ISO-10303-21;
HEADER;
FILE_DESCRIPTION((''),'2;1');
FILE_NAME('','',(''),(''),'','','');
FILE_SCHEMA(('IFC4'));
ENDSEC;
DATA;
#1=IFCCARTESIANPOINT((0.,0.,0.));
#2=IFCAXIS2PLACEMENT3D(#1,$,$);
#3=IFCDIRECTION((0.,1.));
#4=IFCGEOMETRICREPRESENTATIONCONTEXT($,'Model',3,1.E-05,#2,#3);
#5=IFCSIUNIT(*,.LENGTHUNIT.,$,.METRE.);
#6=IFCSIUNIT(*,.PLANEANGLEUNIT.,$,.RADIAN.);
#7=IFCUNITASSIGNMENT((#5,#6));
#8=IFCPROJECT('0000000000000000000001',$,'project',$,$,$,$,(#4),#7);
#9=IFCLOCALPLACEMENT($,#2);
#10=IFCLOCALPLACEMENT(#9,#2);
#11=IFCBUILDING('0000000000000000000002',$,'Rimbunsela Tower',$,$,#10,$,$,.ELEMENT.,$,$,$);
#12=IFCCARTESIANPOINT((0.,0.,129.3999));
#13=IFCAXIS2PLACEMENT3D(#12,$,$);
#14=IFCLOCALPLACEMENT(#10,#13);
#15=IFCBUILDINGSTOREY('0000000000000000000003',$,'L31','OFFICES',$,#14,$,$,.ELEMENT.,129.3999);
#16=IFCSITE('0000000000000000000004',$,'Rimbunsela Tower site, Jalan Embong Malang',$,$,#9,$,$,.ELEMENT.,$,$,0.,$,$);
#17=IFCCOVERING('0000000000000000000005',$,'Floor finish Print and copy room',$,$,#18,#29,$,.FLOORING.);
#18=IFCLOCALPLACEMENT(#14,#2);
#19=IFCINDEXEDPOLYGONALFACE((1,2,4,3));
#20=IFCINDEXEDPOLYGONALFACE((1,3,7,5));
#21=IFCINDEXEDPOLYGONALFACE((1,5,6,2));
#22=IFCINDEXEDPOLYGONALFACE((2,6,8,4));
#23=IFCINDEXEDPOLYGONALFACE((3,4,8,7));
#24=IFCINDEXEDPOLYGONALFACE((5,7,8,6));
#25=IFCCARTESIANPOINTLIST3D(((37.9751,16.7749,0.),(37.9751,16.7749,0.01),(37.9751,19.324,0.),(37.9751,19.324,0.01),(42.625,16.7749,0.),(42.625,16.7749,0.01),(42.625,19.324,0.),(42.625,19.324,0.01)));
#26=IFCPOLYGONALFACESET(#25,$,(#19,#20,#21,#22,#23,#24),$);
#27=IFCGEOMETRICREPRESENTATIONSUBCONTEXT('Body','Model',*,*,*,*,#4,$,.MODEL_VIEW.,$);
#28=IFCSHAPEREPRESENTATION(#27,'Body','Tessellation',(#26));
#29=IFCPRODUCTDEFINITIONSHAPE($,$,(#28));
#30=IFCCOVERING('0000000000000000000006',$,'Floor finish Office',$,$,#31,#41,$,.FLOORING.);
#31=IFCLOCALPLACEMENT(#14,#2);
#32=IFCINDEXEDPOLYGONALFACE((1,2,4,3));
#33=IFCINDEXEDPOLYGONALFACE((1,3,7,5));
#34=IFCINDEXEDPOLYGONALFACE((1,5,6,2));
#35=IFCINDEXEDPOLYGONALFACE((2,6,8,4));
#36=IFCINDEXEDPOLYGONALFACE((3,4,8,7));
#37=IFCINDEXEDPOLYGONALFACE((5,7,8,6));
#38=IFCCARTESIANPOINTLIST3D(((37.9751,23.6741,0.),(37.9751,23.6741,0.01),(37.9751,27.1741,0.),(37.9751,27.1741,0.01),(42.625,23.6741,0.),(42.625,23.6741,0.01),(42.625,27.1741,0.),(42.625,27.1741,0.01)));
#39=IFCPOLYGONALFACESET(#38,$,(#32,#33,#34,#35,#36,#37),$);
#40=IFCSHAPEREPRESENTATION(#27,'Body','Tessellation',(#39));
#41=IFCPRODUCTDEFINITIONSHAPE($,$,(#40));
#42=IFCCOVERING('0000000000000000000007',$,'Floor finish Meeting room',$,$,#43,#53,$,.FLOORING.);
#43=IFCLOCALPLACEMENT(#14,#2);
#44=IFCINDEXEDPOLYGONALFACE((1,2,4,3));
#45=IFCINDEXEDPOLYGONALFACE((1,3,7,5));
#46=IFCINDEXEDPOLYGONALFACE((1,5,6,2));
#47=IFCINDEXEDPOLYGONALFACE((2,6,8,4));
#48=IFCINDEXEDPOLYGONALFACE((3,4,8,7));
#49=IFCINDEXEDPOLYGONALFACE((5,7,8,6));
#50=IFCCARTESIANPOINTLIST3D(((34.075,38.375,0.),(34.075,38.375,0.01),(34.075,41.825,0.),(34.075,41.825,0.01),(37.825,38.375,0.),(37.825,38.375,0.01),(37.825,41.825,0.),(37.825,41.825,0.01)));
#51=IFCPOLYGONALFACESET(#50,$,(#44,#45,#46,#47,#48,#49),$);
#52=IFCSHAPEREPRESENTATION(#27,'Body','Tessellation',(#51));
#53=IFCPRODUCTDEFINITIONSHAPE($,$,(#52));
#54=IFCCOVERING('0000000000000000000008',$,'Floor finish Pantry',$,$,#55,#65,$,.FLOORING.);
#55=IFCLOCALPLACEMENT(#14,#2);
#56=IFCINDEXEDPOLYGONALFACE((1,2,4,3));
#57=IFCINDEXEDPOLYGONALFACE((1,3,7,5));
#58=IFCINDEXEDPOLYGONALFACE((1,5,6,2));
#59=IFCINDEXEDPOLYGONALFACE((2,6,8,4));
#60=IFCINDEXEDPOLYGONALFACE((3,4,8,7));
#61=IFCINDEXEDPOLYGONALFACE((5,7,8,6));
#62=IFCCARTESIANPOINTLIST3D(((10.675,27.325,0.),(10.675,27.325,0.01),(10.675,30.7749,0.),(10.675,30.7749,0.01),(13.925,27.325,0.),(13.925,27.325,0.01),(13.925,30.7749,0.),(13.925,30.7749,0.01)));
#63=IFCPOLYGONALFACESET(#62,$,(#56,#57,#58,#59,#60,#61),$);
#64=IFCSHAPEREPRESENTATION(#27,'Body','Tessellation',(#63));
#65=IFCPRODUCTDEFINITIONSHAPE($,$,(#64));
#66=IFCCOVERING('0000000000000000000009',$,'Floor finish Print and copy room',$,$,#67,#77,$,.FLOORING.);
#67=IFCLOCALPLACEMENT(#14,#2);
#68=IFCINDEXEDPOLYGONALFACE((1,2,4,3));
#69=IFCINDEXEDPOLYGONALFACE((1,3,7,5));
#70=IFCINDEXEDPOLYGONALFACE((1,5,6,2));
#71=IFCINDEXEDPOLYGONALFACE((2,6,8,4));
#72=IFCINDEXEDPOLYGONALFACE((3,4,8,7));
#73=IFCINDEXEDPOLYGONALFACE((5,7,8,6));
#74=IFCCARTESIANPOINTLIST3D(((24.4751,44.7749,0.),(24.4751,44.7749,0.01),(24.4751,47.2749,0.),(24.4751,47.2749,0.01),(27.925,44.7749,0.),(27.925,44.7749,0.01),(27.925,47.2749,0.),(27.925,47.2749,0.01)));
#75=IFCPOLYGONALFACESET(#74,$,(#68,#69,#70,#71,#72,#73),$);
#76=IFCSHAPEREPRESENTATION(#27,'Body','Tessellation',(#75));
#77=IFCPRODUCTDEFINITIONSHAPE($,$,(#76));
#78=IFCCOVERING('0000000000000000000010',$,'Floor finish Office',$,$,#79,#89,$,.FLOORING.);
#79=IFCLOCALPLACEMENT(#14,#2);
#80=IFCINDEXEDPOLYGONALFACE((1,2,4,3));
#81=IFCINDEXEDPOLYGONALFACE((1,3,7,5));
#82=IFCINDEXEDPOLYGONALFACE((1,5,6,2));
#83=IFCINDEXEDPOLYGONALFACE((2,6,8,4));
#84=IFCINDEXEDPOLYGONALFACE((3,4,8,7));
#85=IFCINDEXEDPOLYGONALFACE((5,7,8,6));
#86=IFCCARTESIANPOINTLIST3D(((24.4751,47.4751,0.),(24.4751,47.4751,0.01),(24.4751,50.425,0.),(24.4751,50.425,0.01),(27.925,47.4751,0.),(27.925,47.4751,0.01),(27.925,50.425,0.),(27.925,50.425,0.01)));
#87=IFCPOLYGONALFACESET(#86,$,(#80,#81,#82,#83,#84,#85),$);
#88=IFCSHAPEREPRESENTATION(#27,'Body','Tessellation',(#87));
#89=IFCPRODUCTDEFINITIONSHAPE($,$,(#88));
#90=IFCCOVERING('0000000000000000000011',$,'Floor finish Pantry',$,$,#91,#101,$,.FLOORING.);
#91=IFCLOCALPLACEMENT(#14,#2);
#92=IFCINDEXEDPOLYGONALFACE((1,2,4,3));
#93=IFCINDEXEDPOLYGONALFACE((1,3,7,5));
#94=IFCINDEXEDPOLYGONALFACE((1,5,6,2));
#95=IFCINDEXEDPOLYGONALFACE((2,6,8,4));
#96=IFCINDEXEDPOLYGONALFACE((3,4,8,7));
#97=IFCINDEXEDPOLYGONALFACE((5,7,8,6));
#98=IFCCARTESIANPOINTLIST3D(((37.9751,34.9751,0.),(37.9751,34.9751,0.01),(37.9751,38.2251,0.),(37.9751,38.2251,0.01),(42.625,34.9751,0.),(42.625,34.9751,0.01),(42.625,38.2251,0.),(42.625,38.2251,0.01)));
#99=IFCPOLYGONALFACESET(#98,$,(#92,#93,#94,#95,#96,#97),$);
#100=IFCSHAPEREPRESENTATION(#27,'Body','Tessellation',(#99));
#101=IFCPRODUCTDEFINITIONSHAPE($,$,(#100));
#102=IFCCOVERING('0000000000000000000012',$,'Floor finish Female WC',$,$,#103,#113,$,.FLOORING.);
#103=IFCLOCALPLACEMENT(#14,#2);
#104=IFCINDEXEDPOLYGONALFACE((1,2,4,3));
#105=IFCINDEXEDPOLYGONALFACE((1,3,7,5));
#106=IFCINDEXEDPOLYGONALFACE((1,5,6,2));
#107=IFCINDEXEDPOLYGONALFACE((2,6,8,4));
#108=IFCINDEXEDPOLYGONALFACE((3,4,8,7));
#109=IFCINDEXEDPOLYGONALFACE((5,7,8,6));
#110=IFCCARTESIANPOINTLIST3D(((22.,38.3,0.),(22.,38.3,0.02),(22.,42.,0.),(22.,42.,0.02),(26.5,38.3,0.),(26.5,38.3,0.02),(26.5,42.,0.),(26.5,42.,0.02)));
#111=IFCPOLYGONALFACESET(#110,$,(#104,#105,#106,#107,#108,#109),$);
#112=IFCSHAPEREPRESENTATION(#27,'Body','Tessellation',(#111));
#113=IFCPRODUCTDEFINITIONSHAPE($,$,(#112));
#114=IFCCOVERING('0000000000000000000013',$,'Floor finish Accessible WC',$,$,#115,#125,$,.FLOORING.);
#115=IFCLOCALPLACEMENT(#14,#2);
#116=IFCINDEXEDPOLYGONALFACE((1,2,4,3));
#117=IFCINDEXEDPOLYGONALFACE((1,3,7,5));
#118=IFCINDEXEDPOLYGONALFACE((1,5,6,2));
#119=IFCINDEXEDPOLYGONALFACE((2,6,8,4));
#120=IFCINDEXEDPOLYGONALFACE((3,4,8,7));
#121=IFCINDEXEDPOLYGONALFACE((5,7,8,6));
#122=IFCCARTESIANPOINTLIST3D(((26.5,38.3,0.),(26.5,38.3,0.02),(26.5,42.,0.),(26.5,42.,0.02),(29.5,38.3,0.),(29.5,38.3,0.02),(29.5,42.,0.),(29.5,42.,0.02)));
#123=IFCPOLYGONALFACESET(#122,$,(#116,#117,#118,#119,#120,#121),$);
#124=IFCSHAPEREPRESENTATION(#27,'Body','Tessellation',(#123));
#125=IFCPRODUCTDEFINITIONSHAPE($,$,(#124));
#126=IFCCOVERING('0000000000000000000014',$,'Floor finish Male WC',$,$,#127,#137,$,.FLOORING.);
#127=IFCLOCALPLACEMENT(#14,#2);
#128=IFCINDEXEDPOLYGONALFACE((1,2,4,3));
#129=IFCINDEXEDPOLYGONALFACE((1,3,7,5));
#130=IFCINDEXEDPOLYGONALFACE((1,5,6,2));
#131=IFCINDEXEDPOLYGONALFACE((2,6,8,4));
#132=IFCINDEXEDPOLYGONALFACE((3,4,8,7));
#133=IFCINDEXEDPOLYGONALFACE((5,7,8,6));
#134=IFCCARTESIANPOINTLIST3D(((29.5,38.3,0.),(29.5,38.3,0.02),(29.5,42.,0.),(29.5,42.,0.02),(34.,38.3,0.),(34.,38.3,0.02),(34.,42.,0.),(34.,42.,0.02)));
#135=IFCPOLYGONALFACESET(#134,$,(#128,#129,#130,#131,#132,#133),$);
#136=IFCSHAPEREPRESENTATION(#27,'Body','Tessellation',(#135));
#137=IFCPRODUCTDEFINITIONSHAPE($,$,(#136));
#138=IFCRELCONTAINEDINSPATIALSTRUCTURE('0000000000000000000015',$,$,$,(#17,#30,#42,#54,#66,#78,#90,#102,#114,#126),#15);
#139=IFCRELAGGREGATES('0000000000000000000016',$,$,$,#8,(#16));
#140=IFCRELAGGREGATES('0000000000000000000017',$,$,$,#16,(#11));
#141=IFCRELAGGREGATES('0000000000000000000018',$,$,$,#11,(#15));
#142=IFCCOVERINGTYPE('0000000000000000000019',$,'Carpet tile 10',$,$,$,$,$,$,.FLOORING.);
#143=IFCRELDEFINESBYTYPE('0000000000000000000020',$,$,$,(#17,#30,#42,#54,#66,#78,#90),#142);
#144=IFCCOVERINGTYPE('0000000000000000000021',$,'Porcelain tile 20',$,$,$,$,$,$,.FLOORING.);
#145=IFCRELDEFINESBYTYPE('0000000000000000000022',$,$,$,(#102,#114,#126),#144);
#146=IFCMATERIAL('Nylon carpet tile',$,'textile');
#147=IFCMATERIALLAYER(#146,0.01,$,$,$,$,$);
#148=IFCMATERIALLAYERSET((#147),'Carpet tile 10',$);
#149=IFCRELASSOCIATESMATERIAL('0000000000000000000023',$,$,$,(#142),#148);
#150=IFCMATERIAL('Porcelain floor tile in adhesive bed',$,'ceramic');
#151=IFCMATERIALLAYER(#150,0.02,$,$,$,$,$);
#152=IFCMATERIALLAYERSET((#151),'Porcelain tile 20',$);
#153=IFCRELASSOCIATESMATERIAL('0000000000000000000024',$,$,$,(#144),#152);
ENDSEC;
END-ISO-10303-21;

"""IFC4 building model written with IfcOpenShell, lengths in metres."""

from ifc_helpers import new_model, si_unit, direction, frame, origin, place, context, subcontext, project, spatial, polyline, outline, extrude, material, layer, layer_set, type_object, element, save


model = new_model("IFC4")

# Units and contexts
model_context = context("Model", 3, precision=1e-05, world=origin(), true_north=direction((0.0, 1.0)))
body_context = subcontext(model_context, "Body", "Model", "MODEL_VIEW")
ifc_project = project(units=[si_unit("LENGTHUNIT", "METRE"), si_unit("PLANEANGLEUNIT", "RADIAN")], contexts=[model_context])

# Site, building, storey
site_placement = place(None, origin())
site = spatial("IfcSite", under=ifc_project, at=site_placement, Name="Rimbunsela Tower site, Jalan Embong Malang", CompositionType="ELEMENT", RefElevation=0.0)
building_placement = place(site_placement, origin())
building = spatial("IfcBuilding", under=site, at=building_placement, Name="Rimbunsela Tower", CompositionType="ELEMENT")
storey_placement = place(building_placement, frame((0.0, 0.0, 129.3999)))
storey = spatial("IfcBuildingStorey", under=building, at=storey_placement, Name="L31", Description="OFFICES", CompositionType="ELEMENT", Elevation=129.3999)

# Coverings
ifc_material_1 = material(Name="Nylon carpet tile", Category="textile")
ifc_layer_1 = layer(ifc_material_1, 0.01)
ifc_layer_set_1 = layer_set([ifc_layer_1], Name="Carpet tile 10")
covering_type_1 = type_object("IfcCoveringType", Name="Carpet tile 10", PredefinedType="FLOORING", material=ifc_layer_set_1)
covering_1_placement = place(storey_placement, origin())
element("IfcCovering", 1, at=covering_1_placement, inside=storey, type_object=covering_type_1, Name="Floor finish Print and copy room", PredefinedType="FLOORING", context=body_context, shape_type="SweptSolid", body=[
    extrude(outline(polyline([(42.625, 16.7749), (42.625, 19.324), (37.9751, 19.324), (37.9751, 16.7749), (42.625, 16.7749)])), origin(), (0.0, 0.0, 1.0), 0.01),
])
covering_2_placement = place(storey_placement, origin())
element("IfcCovering", 2, at=covering_2_placement, inside=storey, type_object=covering_type_1, Name="Floor finish Office", PredefinedType="FLOORING", context=body_context, shape_type="SweptSolid", body=[
    extrude(outline(polyline([(42.625, 23.6741), (42.625, 27.1741), (37.9751, 27.1741), (37.9751, 23.6741), (42.625, 23.6741)])), origin(), (0.0, 0.0, 1.0), 0.01),
])
covering_3_placement = place(storey_placement, origin())
element("IfcCovering", 3, at=covering_3_placement, inside=storey, type_object=covering_type_1, Name="Floor finish Meeting room", PredefinedType="FLOORING", context=body_context, shape_type="SweptSolid", body=[
    extrude(outline(polyline([(37.825, 38.375), (37.825, 41.825), (34.075, 41.825), (34.075, 38.375), (37.825, 38.375)])), origin(), (0.0, 0.0, 1.0), 0.01),
])
covering_4_placement = place(storey_placement, origin())
element("IfcCovering", 4, at=covering_4_placement, inside=storey, type_object=covering_type_1, Name="Floor finish Pantry", PredefinedType="FLOORING", context=body_context, shape_type="SweptSolid", body=[
    extrude(outline(polyline([(13.925, 27.325), (13.925, 30.7749), (10.675, 30.7749), (10.675, 27.325), (13.925, 27.325)])), origin(), (0.0, 0.0, 1.0), 0.01),
])
covering_5_placement = place(storey_placement, origin())
element("IfcCovering", 5, at=covering_5_placement, inside=storey, type_object=covering_type_1, Name="Floor finish Print and copy room", PredefinedType="FLOORING", context=body_context, shape_type="SweptSolid", body=[
    extrude(outline(polyline([(27.925, 44.7749), (27.925, 47.2749), (24.4751, 47.2749), (24.4751, 44.7749), (27.925, 44.7749)])), origin(), (0.0, 0.0, 1.0), 0.01),
])
covering_6_placement = place(storey_placement, origin())
element("IfcCovering", 6, at=covering_6_placement, inside=storey, type_object=covering_type_1, Name="Floor finish Office", PredefinedType="FLOORING", context=body_context, shape_type="SweptSolid", body=[
    extrude(outline(polyline([(27.925, 47.4751), (27.925, 50.425), (24.4751, 50.425), (24.4751, 47.4751), (27.925, 47.4751)])), origin(), (0.0, 0.0, 1.0), 0.01),
])
covering_7_placement = place(storey_placement, origin())
element("IfcCovering", 7, at=covering_7_placement, inside=storey, type_object=covering_type_1, Name="Floor finish Pantry", PredefinedType="FLOORING", context=body_context, shape_type="SweptSolid", body=[
    extrude(outline(polyline([(42.625, 34.9751), (42.625, 38.2251), (37.9751, 38.2251), (37.9751, 34.9751), (42.625, 34.9751)])), origin(), (0.0, 0.0, 1.0), 0.01),
])
ifc_material_2 = material(Name="Porcelain floor tile in adhesive bed", Category="ceramic")
ifc_layer_2 = layer(ifc_material_2, 0.02)
ifc_layer_set_2 = layer_set([ifc_layer_2], Name="Porcelain tile 20")
covering_type_2 = type_object("IfcCoveringType", Name="Porcelain tile 20", PredefinedType="FLOORING", material=ifc_layer_set_2)
covering_8_placement = place(storey_placement, origin())
element("IfcCovering", 8, at=covering_8_placement, inside=storey, type_object=covering_type_2, Name="Floor finish Female WC", PredefinedType="FLOORING", context=body_context, shape_type="SweptSolid", body=[
    extrude(outline(polyline([(26.5, 38.3), (26.5, 42.0), (22.0, 42.0), (22.0, 38.3), (26.5, 38.3)])), origin(), (0.0, 0.0, 1.0), 0.02),
])
covering_9_placement = place(storey_placement, origin())
element("IfcCovering", 9, at=covering_9_placement, inside=storey, type_object=covering_type_2, Name="Floor finish Accessible WC", PredefinedType="FLOORING", context=body_context, shape_type="SweptSolid", body=[
    extrude(outline(polyline([(29.5, 38.3), (29.5, 42.0), (26.5, 42.0), (26.5, 38.3), (29.5, 38.3)])), origin(), (0.0, 0.0, 1.0), 0.02),
])
covering_10_placement = place(storey_placement, origin())
element("IfcCovering", 10, at=covering_10_placement, inside=storey, type_object=covering_type_2, Name="Floor finish Male WC", PredefinedType="FLOORING", context=body_context, shape_type="SweptSolid", body=[
    extrude(outline(polyline([(34.0, 38.3), (34.0, 42.0), (29.5, 42.0), (29.5, 38.3), (34.0, 38.3)])), origin(), (0.0, 0.0, 1.0), 0.02),
])

save(model, "model.ifc")
